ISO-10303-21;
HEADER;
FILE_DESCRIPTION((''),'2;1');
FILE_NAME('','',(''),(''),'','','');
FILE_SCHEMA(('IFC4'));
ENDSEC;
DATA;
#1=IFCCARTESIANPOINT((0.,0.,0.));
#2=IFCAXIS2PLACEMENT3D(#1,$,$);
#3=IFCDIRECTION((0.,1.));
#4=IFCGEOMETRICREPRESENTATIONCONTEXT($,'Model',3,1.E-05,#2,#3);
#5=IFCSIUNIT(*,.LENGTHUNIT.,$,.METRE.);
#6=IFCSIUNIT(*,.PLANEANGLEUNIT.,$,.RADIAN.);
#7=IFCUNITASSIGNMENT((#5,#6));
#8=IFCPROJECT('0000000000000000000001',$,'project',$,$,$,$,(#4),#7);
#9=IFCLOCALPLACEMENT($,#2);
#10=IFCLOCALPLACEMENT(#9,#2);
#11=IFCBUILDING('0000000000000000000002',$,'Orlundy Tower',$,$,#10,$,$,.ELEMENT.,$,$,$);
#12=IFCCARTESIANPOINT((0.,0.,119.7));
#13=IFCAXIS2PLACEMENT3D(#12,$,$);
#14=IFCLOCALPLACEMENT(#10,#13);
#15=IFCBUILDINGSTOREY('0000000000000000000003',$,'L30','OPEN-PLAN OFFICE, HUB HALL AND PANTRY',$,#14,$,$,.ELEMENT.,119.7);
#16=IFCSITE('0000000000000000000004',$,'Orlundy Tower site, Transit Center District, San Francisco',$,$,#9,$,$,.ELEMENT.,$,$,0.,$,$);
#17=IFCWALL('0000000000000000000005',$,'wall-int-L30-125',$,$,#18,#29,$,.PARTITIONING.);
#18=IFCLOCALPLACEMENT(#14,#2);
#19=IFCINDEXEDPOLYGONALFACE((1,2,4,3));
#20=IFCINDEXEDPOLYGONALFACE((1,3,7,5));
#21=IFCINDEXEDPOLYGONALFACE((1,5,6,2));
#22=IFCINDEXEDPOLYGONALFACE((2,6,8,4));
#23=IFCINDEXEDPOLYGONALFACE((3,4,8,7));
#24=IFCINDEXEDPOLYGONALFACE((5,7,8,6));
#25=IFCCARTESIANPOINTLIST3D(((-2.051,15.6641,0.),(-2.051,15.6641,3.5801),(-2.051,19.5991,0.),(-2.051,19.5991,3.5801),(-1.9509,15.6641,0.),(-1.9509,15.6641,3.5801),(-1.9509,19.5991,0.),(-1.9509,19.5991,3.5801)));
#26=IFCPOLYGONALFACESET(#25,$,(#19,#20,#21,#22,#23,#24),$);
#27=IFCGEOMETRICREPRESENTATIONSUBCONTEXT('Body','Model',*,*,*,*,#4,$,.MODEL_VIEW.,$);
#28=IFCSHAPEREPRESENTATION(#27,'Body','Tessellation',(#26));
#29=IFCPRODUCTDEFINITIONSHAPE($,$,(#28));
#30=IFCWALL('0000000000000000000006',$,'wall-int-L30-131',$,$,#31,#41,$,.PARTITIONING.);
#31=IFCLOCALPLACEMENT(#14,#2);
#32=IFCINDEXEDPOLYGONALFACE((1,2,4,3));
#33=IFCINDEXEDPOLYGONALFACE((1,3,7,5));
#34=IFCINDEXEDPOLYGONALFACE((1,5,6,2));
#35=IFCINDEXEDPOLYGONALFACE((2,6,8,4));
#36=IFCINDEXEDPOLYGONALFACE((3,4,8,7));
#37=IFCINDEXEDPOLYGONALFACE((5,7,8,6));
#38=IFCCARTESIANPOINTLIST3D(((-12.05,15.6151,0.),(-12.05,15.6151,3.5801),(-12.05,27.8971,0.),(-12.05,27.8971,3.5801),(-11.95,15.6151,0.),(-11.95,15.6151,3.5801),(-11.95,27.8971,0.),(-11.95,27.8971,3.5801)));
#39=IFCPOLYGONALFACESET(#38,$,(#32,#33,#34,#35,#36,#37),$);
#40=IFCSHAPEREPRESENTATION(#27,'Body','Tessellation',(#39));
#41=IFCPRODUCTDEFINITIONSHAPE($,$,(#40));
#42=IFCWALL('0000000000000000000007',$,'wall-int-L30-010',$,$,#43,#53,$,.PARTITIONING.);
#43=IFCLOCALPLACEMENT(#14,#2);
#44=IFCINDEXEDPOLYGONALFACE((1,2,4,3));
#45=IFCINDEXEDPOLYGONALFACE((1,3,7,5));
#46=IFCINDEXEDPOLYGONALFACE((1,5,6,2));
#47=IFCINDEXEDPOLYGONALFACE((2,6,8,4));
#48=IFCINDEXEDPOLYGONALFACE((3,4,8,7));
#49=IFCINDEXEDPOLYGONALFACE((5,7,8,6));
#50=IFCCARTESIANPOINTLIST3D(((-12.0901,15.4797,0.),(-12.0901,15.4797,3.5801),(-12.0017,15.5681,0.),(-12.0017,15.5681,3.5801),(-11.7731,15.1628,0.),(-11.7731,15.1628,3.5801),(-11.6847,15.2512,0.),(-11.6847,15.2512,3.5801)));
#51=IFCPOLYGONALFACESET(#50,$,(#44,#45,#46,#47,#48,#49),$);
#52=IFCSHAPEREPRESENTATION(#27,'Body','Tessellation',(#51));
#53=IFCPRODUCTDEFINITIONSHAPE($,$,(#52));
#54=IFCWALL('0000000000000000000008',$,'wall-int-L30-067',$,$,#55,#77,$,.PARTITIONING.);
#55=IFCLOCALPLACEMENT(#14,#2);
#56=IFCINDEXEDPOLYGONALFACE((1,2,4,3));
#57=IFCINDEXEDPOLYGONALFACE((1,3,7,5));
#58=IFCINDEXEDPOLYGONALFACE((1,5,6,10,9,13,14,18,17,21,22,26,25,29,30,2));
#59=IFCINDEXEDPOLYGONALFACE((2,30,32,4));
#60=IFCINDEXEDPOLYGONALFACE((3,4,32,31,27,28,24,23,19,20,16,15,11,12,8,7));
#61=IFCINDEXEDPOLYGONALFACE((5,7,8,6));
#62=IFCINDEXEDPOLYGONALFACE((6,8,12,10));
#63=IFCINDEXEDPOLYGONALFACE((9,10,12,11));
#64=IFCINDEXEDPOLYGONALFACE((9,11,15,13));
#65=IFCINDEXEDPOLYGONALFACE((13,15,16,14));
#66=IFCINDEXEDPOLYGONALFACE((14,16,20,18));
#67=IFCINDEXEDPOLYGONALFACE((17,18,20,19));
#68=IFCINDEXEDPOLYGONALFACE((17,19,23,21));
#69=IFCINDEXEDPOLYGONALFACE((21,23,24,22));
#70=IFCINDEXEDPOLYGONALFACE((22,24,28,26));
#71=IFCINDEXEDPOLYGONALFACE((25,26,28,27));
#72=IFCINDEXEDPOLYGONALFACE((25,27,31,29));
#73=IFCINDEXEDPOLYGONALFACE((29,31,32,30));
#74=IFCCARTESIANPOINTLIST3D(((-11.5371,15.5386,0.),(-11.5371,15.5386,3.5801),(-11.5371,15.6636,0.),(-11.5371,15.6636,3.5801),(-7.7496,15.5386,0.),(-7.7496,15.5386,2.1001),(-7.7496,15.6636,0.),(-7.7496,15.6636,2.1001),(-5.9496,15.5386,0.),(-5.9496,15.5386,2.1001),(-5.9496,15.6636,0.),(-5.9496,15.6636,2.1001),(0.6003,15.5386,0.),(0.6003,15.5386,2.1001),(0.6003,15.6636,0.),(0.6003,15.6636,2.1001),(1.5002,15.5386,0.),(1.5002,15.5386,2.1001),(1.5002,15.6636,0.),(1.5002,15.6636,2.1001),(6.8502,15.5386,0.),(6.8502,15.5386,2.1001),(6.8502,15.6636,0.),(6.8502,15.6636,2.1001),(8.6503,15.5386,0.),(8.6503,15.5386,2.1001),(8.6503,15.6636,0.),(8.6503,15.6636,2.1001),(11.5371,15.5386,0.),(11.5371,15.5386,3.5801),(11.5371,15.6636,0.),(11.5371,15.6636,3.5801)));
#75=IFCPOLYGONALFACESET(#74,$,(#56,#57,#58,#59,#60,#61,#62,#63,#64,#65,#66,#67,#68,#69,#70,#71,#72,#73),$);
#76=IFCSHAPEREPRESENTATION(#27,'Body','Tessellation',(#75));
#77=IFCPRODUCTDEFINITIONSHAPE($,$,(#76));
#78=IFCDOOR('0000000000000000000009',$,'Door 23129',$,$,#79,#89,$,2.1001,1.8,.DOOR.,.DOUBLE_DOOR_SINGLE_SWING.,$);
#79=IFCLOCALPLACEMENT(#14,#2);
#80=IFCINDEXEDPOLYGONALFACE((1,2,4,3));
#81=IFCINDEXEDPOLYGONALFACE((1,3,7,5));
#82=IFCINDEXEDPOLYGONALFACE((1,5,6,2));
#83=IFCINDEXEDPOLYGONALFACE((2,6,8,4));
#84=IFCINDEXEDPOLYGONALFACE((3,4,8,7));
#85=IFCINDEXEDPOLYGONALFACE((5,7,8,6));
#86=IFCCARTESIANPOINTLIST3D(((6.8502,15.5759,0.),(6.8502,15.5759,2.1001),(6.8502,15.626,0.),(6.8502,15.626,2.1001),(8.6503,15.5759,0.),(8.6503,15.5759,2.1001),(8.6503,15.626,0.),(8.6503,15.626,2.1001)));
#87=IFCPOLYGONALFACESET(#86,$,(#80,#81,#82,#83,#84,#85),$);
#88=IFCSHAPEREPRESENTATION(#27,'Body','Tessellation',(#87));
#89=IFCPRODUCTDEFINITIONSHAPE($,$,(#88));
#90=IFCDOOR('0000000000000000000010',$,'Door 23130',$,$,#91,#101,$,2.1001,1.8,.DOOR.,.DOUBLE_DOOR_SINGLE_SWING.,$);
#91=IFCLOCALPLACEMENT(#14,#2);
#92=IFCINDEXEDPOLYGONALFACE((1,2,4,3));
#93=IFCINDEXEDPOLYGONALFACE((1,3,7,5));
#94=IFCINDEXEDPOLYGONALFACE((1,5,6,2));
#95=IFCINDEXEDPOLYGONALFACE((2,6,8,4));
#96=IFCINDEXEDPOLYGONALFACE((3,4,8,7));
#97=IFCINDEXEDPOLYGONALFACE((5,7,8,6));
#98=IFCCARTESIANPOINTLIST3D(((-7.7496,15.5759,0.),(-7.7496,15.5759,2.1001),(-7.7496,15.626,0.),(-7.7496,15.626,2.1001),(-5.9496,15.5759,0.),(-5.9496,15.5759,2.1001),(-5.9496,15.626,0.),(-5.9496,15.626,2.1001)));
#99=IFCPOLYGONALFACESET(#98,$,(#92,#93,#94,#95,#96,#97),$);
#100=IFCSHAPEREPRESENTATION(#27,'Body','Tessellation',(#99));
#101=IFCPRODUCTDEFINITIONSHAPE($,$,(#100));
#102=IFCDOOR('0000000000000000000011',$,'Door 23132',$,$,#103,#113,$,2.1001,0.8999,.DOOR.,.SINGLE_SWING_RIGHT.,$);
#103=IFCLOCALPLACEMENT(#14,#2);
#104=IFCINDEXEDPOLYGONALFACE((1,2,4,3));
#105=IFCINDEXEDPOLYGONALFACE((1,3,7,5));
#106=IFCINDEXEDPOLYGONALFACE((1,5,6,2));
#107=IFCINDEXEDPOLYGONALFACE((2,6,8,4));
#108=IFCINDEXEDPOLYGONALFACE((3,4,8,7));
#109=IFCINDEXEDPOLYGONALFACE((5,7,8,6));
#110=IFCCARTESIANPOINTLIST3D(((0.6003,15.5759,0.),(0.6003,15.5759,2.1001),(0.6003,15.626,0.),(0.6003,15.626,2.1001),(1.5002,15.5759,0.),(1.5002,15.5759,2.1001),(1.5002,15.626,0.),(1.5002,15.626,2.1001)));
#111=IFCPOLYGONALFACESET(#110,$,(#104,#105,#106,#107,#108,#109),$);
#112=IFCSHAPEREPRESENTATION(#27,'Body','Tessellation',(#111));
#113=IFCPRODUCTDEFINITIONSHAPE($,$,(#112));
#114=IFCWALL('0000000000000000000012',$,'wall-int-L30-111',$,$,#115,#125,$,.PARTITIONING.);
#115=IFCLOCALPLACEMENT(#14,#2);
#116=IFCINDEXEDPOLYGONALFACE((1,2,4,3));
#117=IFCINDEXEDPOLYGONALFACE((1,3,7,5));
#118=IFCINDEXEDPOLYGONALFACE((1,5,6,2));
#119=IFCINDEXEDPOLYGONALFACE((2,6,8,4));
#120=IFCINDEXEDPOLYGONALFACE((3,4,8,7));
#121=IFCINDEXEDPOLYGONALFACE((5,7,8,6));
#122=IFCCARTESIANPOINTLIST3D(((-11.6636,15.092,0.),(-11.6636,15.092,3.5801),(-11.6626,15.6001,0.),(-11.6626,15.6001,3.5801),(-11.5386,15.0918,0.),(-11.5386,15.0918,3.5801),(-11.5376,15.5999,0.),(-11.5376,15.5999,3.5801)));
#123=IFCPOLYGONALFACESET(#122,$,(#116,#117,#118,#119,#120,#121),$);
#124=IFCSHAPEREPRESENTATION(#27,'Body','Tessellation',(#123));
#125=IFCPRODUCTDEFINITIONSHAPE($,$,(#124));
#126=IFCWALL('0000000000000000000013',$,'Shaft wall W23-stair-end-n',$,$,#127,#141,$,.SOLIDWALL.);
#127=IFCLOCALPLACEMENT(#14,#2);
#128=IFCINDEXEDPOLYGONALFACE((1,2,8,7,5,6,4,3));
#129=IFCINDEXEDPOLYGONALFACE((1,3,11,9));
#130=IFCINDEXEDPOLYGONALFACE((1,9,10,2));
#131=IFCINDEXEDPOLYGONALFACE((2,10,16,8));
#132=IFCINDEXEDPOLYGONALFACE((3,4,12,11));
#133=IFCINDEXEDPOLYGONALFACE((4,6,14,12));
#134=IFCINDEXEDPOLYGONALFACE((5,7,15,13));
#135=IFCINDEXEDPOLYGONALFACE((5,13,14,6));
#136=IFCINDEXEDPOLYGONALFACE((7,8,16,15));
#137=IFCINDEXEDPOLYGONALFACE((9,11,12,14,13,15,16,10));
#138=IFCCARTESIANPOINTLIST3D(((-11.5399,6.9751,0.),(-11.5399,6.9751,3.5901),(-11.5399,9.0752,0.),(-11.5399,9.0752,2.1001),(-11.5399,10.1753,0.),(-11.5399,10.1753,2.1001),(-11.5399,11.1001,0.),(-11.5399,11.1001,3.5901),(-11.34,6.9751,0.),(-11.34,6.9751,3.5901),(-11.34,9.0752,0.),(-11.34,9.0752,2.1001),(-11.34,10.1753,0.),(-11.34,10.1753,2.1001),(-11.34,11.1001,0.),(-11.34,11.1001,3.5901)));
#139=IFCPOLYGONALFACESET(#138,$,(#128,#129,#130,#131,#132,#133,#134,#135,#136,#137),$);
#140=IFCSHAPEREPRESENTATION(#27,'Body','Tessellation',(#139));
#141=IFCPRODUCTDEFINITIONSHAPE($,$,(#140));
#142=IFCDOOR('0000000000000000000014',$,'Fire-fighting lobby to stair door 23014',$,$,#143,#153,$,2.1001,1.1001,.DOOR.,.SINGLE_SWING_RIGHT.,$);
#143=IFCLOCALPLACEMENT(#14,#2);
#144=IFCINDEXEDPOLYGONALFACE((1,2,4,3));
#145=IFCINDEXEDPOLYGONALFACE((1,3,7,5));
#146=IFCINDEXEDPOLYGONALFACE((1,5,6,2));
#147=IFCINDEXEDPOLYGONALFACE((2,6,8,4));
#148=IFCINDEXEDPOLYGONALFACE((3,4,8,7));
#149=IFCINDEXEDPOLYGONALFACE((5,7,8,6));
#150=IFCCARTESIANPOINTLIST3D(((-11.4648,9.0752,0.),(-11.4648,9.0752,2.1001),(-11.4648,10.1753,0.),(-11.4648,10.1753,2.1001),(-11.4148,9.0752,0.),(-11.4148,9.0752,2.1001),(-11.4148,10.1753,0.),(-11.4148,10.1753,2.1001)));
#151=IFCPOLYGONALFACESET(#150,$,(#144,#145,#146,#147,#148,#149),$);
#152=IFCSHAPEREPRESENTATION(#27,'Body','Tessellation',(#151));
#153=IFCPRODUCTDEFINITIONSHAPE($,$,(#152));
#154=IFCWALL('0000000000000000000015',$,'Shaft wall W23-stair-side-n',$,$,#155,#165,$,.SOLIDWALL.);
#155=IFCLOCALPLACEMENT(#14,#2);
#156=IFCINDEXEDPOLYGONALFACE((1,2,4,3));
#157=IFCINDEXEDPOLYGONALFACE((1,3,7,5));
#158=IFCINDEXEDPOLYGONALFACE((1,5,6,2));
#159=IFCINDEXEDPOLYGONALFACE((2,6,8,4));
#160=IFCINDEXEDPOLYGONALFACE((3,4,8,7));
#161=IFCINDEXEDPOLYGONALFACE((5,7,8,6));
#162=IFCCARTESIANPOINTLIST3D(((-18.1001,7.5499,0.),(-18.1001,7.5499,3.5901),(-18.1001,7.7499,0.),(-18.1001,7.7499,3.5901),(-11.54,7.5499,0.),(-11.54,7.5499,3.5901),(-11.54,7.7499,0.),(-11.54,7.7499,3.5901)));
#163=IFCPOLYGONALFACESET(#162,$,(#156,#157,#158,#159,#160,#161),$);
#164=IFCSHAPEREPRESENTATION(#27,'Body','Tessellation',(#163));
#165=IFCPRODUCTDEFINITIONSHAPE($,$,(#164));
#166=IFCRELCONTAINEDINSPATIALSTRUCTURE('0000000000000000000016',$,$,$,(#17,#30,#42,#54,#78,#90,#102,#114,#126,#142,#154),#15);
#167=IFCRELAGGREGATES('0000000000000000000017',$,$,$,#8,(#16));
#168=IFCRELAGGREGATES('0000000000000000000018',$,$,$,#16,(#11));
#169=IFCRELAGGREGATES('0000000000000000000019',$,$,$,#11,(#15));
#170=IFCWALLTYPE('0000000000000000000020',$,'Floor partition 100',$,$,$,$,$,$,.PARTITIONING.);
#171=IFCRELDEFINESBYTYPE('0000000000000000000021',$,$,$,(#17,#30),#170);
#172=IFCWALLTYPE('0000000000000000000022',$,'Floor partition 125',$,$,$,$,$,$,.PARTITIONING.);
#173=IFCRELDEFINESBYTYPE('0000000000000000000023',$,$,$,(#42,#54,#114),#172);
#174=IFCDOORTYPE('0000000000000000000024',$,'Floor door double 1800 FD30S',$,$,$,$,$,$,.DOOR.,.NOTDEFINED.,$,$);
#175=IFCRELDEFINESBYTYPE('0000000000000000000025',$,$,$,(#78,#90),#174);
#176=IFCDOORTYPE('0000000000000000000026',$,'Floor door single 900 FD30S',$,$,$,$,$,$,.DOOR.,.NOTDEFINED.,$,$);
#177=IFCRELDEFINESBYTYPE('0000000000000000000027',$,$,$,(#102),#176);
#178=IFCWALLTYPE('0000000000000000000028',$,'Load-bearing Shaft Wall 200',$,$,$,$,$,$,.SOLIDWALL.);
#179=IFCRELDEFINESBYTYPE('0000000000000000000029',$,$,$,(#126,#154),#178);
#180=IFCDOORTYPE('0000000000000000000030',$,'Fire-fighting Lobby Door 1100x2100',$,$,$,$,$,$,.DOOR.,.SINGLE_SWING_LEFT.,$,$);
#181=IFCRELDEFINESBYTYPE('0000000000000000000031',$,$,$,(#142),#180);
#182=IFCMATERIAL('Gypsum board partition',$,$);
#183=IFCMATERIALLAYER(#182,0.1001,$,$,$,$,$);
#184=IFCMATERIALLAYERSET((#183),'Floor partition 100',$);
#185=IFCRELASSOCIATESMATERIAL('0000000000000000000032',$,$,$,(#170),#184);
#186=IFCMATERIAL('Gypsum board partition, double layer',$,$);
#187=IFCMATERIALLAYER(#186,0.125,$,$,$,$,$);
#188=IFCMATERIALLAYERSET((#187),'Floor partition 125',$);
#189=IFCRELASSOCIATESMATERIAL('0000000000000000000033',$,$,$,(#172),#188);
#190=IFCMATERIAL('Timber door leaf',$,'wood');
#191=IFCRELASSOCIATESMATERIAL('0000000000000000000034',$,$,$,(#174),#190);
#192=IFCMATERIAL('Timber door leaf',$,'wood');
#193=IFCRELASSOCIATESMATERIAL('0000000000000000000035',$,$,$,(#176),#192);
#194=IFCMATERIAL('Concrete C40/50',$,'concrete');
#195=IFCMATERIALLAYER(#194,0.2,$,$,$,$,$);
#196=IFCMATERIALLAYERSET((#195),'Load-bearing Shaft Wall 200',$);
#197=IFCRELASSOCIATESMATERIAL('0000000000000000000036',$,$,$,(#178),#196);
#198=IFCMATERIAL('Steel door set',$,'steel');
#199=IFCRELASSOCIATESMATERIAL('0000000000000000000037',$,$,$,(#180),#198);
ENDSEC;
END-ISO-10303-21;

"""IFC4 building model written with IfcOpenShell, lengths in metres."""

from ifc_helpers import new_model, si_unit, direction, frame, frame_2d, origin, place, context, subcontext, project, spatial, rectangle, extrude, material, layer, layer_set, type_object, element, fill, save


model = new_model("IFC4")

# Units and contexts
model_context = context("Model", 3, precision=1e-05, world=origin(), true_north=direction((0.0, 1.0)))
body_context = subcontext(model_context, "Body", "Model", "MODEL_VIEW")
ifc_project = project(units=[si_unit("LENGTHUNIT", "METRE"), si_unit("PLANEANGLEUNIT", "RADIAN")], contexts=[model_context])

# Site, building, storey
site_placement = place(None, origin())
site = spatial("IfcSite", under=ifc_project, at=site_placement, Name="Orlundy Tower site, Transit Center District, San Francisco", CompositionType="ELEMENT", RefElevation=0.0)
building_placement = place(site_placement, origin())
building = spatial("IfcBuilding", under=site, at=building_placement, Name="Orlundy Tower", CompositionType="ELEMENT")
storey_placement = place(building_placement, frame((0.0, 0.0, 119.7)))
storey = spatial("IfcBuildingStorey", under=building, at=storey_placement, Name="L30", Description="OPEN-PLAN OFFICE, HUB HALL AND PANTRY", CompositionType="ELEMENT", Elevation=119.7)

# Walls
ifc_material_1 = material(Name="Gypsum board partition")
ifc_layer_1 = layer(ifc_material_1, 0.1001)
ifc_layer_set_1 = layer_set([ifc_layer_1], Name="Floor partition 100")
wall_type_1 = type_object("IfcWallType", Name="Floor partition 100", PredefinedType="PARTITIONING", material=ifc_layer_set_1)
wall_1_placement = place(storey_placement, frame((-2.001, 15.6641, 0.0), z_axis=(0.0, 0.0, 1.0), x_axis=(0.0, 1.0, 0.0)))
element("IfcWall", 1, at=wall_1_placement, inside=storey, type_object=wall_type_1, Name="wall-int-L30-125", PredefinedType="PARTITIONING", context=body_context, shape_type="SweptSolid", body=[
    extrude(rectangle(XDim=3.9351, YDim=0.1001, at=frame_2d((1.9675, 0.0))), origin(), (0.0, 0.0, 1.0), 3.5801),
])
wall_2_placement = place(storey_placement, frame((-12.0, 15.615, 0.0), z_axis=(0.0, 0.0, 1.0), x_axis=(0.0, 1.0, 0.0)))
element("IfcWall", 2, at=wall_2_placement, inside=storey, type_object=wall_type_1, Name="wall-int-L30-131", PredefinedType="PARTITIONING", context=body_context, shape_type="SweptSolid", body=[
    extrude(rectangle(XDim=12.282, YDim=0.1001, at=frame_2d((6.1411, 0.0))), origin(), (0.0, 0.0, 1.0), 3.5801),
])
ifc_material_2 = material(Name="Gypsum board partition, double layer")
ifc_layer_2 = layer(ifc_material_2, 0.125)
ifc_layer_set_2 = layer_set([ifc_layer_2], Name="Floor partition 125")
wall_type_2 = type_object("IfcWallType", Name="Floor partition 125", PredefinedType="PARTITIONING", material=ifc_layer_set_2)
wall_3_placement = place(storey_placement, frame((-12.0459, 15.5239, 0.0), z_axis=(0.0, 0.0, 1.0), x_axis=(0.707107, -0.707107, 0.0)))
element("IfcWall", 3, at=wall_3_placement, inside=storey, type_object=wall_type_2, Name="wall-int-L30-010", PredefinedType="PARTITIONING", context=body_context, shape_type="SweptSolid", body=[
    extrude(rectangle(XDim=0.4482, YDim=0.125, at=frame_2d((0.2241, 0.0))), origin(), (0.0, 0.0, 1.0), 3.5801),
])

# Wall, openings, doors
wall_4_placement = place(storey_placement, frame((-11.5371, 15.6011, 0.0), z_axis=(0.0, 0.0, 1.0), x_axis=(1.0, 0.0, 0.0)))
wall_4 = element("IfcWall", 4, at=wall_4_placement, inside=storey, type_object=wall_type_2, Name="wall-int-L30-067", PredefinedType="PARTITIONING", context=body_context, shape_type="SweptSolid", body=[
    extrude(rectangle(XDim=23.0742, YDim=0.125, at=frame_2d((11.5371, 0.0))), origin(), (0.0, 0.0, 1.0), 3.5801),
])
opening_1_placement = place(wall_4_placement, frame((18.3875, 0.0, 0.0)))
opening_1 = element("IfcOpeningElement", 5, at=opening_1_placement, cuts=wall_4, PredefinedType="OPENING", context=body_context, shape_type="SweptSolid", body=[
    extrude(rectangle(XDim=1.8, YDim=2.1001, at=frame_2d((0.8999, 1.05))), frame((0.0, 0.0725, 0.0), z_axis=(0.0, -1.0, 0.0), x_axis=(1.0, 0.0, 0.0)), (0.0, 0.0, 1.0), 0.145),
])
opening_2_placement = place(wall_4_placement, frame((3.7876, 0.0, 0.0)))
opening_2 = element("IfcOpeningElement", 6, at=opening_2_placement, cuts=wall_4, PredefinedType="OPENING", context=body_context, shape_type="SweptSolid", body=[
    extrude(rectangle(XDim=1.8, YDim=2.1001, at=frame_2d((0.8999, 1.05))), frame((0.0, 0.0725, 0.0), z_axis=(0.0, -1.0, 0.0), x_axis=(1.0, 0.0, 0.0)), (0.0, 0.0, 1.0), 0.145),
])
opening_3_placement = place(wall_4_placement, frame((12.1375, 0.0, 0.0)))
opening_3 = element("IfcOpeningElement", 7, at=opening_3_placement, cuts=wall_4, PredefinedType="OPENING", context=body_context, shape_type="SweptSolid", body=[
    extrude(rectangle(XDim=0.8999, YDim=2.1001, at=frame_2d((0.45, 1.05))), frame((0.0, 0.0725, 0.0), z_axis=(0.0, -1.0, 0.0), x_axis=(1.0, 0.0, 0.0)), (0.0, 0.0, 1.0), 0.145),
])
ifc_material_3 = material(Name="Timber door leaf", Category="wood")
door_type_1 = type_object("IfcDoorType", Name="Floor door double 1800 FD30S", OperationType="NOTDEFINED", PredefinedType="DOOR", material=ifc_material_3)
door_1_placement = place(opening_1_placement, origin())
door_1 = element("IfcDoor", 8, at=door_1_placement, inside=storey, type_object=door_type_1, Name="Door 23129", OperationType="DOUBLE_DOOR_SINGLE_SWING", OverallHeight=2.1001, OverallWidth=1.8, PredefinedType="DOOR", context=body_context, shape_type="SweptSolid", body=[
    extrude(rectangle(XDim=1.8, YDim=2.1001, at=frame_2d((0.8999, 1.05))), frame((0.0, 0.0249, 0.0), z_axis=(0.0, -1.0, 0.0), x_axis=(1.0, 0.0, 0.0)), (0.0, 0.0, 1.0), 0.05),
])
fill(opening_1, door_1)
door_2_placement = place(opening_2_placement, origin())
door_2 = element("IfcDoor", 9, at=door_2_placement, inside=storey, type_object=door_type_1, Name="Door 23130", OperationType="DOUBLE_DOOR_SINGLE_SWING", OverallHeight=2.1001, OverallWidth=1.8, PredefinedType="DOOR", context=body_context, shape_type="SweptSolid", body=[
    extrude(rectangle(XDim=1.8, YDim=2.1001, at=frame_2d((0.8999, 1.05))), frame((0.0, 0.0249, 0.0), z_axis=(0.0, -1.0, 0.0), x_axis=(1.0, 0.0, 0.0)), (0.0, 0.0, 1.0), 0.05),
])
fill(opening_2, door_2)
ifc_material_4 = material(Name="Timber door leaf", Category="wood")
door_type_2 = type_object("IfcDoorType", Name="Floor door single 900 FD30S", OperationType="NOTDEFINED", PredefinedType="DOOR", material=ifc_material_4)
door_3_placement = place(opening_3_placement, origin())
door_3 = element("IfcDoor", 10, at=door_3_placement, inside=storey, type_object=door_type_2, Name="Door 23132", OperationType="SINGLE_SWING_RIGHT", OverallHeight=2.1001, OverallWidth=0.8999, PredefinedType="DOOR", context=body_context, shape_type="SweptSolid", body=[
    extrude(rectangle(XDim=0.8999, YDim=2.1001, at=frame_2d((0.45, 1.05))), frame((0.0, 0.0249, 0.0), z_axis=(0.0, -1.0, 0.0), x_axis=(1.0, 0.0, 0.0)), (0.0, 0.0, 1.0), 0.05),
])
fill(opening_3, door_3)

# Wall
wall_5_placement = place(storey_placement, frame((-11.6011, 15.092, 0.0), z_axis=(0.0, 0.0, 1.0), x_axis=(0.001922, 0.999998, 0.0)))
element("IfcWall", 11, at=wall_5_placement, inside=storey, type_object=wall_type_2, Name="wall-int-L30-111", PredefinedType="PARTITIONING", context=body_context, shape_type="SweptSolid", body=[
    extrude(rectangle(XDim=0.5081, YDim=0.125, at=frame_2d((0.2539, 0.0))), origin(), (0.0, 0.0, 1.0), 3.5801),
])

# Wall, opening, door
ifc_material_5 = material(Name="Concrete C40/50", Category="concrete")
ifc_layer_3 = layer(ifc_material_5, 0.2)
ifc_layer_set_3 = layer_set([ifc_layer_3], Name="Load-bearing Shaft Wall 200")
wall_type_3 = type_object("IfcWallType", Name="Load-bearing Shaft Wall 200", PredefinedType="SOLIDWALL", material=ifc_layer_set_3)
wall_6_placement = place(storey_placement, frame((-11.4399, 6.9751, 0.0), z_axis=(0.0, 0.0, 1.0), x_axis=(0.0, 1.0, 0.0)))
wall_6 = element("IfcWall", 12, at=wall_6_placement, inside=storey, type_object=wall_type_3, Name="Shaft wall W23-stair-end-n", PredefinedType="SOLIDWALL", context=body_context, shape_type="SweptSolid", body=[
    extrude(rectangle(XDim=4.125, YDim=0.2, at=frame_2d((2.0625, 0.0))), origin(), (0.0, 0.0, 1.0), 3.5901),
])
opening_4_placement = place(wall_6_placement, frame((2.1001, 0.0, 0.0)))
opening_4 = element("IfcOpeningElement", 13, at=opening_4_placement, cuts=wall_6, PredefinedType="OPENING", context=body_context, shape_type="SweptSolid", body=[
    extrude(rectangle(XDim=1.1001, YDim=2.1001, at=frame_2d((0.55, 1.05))), frame((0.0, 0.1101, 0.0), z_axis=(0.0, -1.0, 0.0), x_axis=(1.0, 0.0, 0.0)), (0.0, 0.0, 1.0), 0.2202),
])
ifc_material_6 = material(Name="Steel door set", Category="steel")
door_type_3 = type_object("IfcDoorType", Name="Fire-fighting Lobby Door 1100x2100", OperationType="SINGLE_SWING_LEFT", PredefinedType="DOOR", material=ifc_material_6)
door_4_placement = place(opening_4_placement, origin())
door_4 = element("IfcDoor", 14, at=door_4_placement, inside=storey, type_object=door_type_3, Name="Fire-fighting lobby to stair door 23014", OperationType="SINGLE_SWING_RIGHT", OverallHeight=2.1001, OverallWidth=1.1001, PredefinedType="DOOR", context=body_context, shape_type="SweptSolid", body=[
    extrude(rectangle(XDim=1.1001, YDim=2.1001, at=frame_2d((0.55, 1.05))), frame((0.0, 0.0249, 0.0), z_axis=(0.0, -1.0, 0.0), x_axis=(1.0, 0.0, 0.0)), (0.0, 0.0, 1.0), 0.05),
])
fill(opening_4, door_4)

# Wall
wall_7_placement = place(storey_placement, frame((-11.54, 7.6499, 0.0), z_axis=(0.0, 0.0, 1.0), x_axis=(-1.0, 0.0, 0.0)))
element("IfcWall", 15, at=wall_7_placement, inside=storey, type_object=wall_type_3, Name="Shaft wall W23-stair-side-n", PredefinedType="SOLIDWALL", context=body_context, shape_type="SweptSolid", body=[
    extrude(rectangle(XDim=6.5601, YDim=0.2, at=frame_2d((3.28, 0.0))), origin(), (0.0, 0.0, 1.0), 3.5901),
])

save(model, "model.ifc")
